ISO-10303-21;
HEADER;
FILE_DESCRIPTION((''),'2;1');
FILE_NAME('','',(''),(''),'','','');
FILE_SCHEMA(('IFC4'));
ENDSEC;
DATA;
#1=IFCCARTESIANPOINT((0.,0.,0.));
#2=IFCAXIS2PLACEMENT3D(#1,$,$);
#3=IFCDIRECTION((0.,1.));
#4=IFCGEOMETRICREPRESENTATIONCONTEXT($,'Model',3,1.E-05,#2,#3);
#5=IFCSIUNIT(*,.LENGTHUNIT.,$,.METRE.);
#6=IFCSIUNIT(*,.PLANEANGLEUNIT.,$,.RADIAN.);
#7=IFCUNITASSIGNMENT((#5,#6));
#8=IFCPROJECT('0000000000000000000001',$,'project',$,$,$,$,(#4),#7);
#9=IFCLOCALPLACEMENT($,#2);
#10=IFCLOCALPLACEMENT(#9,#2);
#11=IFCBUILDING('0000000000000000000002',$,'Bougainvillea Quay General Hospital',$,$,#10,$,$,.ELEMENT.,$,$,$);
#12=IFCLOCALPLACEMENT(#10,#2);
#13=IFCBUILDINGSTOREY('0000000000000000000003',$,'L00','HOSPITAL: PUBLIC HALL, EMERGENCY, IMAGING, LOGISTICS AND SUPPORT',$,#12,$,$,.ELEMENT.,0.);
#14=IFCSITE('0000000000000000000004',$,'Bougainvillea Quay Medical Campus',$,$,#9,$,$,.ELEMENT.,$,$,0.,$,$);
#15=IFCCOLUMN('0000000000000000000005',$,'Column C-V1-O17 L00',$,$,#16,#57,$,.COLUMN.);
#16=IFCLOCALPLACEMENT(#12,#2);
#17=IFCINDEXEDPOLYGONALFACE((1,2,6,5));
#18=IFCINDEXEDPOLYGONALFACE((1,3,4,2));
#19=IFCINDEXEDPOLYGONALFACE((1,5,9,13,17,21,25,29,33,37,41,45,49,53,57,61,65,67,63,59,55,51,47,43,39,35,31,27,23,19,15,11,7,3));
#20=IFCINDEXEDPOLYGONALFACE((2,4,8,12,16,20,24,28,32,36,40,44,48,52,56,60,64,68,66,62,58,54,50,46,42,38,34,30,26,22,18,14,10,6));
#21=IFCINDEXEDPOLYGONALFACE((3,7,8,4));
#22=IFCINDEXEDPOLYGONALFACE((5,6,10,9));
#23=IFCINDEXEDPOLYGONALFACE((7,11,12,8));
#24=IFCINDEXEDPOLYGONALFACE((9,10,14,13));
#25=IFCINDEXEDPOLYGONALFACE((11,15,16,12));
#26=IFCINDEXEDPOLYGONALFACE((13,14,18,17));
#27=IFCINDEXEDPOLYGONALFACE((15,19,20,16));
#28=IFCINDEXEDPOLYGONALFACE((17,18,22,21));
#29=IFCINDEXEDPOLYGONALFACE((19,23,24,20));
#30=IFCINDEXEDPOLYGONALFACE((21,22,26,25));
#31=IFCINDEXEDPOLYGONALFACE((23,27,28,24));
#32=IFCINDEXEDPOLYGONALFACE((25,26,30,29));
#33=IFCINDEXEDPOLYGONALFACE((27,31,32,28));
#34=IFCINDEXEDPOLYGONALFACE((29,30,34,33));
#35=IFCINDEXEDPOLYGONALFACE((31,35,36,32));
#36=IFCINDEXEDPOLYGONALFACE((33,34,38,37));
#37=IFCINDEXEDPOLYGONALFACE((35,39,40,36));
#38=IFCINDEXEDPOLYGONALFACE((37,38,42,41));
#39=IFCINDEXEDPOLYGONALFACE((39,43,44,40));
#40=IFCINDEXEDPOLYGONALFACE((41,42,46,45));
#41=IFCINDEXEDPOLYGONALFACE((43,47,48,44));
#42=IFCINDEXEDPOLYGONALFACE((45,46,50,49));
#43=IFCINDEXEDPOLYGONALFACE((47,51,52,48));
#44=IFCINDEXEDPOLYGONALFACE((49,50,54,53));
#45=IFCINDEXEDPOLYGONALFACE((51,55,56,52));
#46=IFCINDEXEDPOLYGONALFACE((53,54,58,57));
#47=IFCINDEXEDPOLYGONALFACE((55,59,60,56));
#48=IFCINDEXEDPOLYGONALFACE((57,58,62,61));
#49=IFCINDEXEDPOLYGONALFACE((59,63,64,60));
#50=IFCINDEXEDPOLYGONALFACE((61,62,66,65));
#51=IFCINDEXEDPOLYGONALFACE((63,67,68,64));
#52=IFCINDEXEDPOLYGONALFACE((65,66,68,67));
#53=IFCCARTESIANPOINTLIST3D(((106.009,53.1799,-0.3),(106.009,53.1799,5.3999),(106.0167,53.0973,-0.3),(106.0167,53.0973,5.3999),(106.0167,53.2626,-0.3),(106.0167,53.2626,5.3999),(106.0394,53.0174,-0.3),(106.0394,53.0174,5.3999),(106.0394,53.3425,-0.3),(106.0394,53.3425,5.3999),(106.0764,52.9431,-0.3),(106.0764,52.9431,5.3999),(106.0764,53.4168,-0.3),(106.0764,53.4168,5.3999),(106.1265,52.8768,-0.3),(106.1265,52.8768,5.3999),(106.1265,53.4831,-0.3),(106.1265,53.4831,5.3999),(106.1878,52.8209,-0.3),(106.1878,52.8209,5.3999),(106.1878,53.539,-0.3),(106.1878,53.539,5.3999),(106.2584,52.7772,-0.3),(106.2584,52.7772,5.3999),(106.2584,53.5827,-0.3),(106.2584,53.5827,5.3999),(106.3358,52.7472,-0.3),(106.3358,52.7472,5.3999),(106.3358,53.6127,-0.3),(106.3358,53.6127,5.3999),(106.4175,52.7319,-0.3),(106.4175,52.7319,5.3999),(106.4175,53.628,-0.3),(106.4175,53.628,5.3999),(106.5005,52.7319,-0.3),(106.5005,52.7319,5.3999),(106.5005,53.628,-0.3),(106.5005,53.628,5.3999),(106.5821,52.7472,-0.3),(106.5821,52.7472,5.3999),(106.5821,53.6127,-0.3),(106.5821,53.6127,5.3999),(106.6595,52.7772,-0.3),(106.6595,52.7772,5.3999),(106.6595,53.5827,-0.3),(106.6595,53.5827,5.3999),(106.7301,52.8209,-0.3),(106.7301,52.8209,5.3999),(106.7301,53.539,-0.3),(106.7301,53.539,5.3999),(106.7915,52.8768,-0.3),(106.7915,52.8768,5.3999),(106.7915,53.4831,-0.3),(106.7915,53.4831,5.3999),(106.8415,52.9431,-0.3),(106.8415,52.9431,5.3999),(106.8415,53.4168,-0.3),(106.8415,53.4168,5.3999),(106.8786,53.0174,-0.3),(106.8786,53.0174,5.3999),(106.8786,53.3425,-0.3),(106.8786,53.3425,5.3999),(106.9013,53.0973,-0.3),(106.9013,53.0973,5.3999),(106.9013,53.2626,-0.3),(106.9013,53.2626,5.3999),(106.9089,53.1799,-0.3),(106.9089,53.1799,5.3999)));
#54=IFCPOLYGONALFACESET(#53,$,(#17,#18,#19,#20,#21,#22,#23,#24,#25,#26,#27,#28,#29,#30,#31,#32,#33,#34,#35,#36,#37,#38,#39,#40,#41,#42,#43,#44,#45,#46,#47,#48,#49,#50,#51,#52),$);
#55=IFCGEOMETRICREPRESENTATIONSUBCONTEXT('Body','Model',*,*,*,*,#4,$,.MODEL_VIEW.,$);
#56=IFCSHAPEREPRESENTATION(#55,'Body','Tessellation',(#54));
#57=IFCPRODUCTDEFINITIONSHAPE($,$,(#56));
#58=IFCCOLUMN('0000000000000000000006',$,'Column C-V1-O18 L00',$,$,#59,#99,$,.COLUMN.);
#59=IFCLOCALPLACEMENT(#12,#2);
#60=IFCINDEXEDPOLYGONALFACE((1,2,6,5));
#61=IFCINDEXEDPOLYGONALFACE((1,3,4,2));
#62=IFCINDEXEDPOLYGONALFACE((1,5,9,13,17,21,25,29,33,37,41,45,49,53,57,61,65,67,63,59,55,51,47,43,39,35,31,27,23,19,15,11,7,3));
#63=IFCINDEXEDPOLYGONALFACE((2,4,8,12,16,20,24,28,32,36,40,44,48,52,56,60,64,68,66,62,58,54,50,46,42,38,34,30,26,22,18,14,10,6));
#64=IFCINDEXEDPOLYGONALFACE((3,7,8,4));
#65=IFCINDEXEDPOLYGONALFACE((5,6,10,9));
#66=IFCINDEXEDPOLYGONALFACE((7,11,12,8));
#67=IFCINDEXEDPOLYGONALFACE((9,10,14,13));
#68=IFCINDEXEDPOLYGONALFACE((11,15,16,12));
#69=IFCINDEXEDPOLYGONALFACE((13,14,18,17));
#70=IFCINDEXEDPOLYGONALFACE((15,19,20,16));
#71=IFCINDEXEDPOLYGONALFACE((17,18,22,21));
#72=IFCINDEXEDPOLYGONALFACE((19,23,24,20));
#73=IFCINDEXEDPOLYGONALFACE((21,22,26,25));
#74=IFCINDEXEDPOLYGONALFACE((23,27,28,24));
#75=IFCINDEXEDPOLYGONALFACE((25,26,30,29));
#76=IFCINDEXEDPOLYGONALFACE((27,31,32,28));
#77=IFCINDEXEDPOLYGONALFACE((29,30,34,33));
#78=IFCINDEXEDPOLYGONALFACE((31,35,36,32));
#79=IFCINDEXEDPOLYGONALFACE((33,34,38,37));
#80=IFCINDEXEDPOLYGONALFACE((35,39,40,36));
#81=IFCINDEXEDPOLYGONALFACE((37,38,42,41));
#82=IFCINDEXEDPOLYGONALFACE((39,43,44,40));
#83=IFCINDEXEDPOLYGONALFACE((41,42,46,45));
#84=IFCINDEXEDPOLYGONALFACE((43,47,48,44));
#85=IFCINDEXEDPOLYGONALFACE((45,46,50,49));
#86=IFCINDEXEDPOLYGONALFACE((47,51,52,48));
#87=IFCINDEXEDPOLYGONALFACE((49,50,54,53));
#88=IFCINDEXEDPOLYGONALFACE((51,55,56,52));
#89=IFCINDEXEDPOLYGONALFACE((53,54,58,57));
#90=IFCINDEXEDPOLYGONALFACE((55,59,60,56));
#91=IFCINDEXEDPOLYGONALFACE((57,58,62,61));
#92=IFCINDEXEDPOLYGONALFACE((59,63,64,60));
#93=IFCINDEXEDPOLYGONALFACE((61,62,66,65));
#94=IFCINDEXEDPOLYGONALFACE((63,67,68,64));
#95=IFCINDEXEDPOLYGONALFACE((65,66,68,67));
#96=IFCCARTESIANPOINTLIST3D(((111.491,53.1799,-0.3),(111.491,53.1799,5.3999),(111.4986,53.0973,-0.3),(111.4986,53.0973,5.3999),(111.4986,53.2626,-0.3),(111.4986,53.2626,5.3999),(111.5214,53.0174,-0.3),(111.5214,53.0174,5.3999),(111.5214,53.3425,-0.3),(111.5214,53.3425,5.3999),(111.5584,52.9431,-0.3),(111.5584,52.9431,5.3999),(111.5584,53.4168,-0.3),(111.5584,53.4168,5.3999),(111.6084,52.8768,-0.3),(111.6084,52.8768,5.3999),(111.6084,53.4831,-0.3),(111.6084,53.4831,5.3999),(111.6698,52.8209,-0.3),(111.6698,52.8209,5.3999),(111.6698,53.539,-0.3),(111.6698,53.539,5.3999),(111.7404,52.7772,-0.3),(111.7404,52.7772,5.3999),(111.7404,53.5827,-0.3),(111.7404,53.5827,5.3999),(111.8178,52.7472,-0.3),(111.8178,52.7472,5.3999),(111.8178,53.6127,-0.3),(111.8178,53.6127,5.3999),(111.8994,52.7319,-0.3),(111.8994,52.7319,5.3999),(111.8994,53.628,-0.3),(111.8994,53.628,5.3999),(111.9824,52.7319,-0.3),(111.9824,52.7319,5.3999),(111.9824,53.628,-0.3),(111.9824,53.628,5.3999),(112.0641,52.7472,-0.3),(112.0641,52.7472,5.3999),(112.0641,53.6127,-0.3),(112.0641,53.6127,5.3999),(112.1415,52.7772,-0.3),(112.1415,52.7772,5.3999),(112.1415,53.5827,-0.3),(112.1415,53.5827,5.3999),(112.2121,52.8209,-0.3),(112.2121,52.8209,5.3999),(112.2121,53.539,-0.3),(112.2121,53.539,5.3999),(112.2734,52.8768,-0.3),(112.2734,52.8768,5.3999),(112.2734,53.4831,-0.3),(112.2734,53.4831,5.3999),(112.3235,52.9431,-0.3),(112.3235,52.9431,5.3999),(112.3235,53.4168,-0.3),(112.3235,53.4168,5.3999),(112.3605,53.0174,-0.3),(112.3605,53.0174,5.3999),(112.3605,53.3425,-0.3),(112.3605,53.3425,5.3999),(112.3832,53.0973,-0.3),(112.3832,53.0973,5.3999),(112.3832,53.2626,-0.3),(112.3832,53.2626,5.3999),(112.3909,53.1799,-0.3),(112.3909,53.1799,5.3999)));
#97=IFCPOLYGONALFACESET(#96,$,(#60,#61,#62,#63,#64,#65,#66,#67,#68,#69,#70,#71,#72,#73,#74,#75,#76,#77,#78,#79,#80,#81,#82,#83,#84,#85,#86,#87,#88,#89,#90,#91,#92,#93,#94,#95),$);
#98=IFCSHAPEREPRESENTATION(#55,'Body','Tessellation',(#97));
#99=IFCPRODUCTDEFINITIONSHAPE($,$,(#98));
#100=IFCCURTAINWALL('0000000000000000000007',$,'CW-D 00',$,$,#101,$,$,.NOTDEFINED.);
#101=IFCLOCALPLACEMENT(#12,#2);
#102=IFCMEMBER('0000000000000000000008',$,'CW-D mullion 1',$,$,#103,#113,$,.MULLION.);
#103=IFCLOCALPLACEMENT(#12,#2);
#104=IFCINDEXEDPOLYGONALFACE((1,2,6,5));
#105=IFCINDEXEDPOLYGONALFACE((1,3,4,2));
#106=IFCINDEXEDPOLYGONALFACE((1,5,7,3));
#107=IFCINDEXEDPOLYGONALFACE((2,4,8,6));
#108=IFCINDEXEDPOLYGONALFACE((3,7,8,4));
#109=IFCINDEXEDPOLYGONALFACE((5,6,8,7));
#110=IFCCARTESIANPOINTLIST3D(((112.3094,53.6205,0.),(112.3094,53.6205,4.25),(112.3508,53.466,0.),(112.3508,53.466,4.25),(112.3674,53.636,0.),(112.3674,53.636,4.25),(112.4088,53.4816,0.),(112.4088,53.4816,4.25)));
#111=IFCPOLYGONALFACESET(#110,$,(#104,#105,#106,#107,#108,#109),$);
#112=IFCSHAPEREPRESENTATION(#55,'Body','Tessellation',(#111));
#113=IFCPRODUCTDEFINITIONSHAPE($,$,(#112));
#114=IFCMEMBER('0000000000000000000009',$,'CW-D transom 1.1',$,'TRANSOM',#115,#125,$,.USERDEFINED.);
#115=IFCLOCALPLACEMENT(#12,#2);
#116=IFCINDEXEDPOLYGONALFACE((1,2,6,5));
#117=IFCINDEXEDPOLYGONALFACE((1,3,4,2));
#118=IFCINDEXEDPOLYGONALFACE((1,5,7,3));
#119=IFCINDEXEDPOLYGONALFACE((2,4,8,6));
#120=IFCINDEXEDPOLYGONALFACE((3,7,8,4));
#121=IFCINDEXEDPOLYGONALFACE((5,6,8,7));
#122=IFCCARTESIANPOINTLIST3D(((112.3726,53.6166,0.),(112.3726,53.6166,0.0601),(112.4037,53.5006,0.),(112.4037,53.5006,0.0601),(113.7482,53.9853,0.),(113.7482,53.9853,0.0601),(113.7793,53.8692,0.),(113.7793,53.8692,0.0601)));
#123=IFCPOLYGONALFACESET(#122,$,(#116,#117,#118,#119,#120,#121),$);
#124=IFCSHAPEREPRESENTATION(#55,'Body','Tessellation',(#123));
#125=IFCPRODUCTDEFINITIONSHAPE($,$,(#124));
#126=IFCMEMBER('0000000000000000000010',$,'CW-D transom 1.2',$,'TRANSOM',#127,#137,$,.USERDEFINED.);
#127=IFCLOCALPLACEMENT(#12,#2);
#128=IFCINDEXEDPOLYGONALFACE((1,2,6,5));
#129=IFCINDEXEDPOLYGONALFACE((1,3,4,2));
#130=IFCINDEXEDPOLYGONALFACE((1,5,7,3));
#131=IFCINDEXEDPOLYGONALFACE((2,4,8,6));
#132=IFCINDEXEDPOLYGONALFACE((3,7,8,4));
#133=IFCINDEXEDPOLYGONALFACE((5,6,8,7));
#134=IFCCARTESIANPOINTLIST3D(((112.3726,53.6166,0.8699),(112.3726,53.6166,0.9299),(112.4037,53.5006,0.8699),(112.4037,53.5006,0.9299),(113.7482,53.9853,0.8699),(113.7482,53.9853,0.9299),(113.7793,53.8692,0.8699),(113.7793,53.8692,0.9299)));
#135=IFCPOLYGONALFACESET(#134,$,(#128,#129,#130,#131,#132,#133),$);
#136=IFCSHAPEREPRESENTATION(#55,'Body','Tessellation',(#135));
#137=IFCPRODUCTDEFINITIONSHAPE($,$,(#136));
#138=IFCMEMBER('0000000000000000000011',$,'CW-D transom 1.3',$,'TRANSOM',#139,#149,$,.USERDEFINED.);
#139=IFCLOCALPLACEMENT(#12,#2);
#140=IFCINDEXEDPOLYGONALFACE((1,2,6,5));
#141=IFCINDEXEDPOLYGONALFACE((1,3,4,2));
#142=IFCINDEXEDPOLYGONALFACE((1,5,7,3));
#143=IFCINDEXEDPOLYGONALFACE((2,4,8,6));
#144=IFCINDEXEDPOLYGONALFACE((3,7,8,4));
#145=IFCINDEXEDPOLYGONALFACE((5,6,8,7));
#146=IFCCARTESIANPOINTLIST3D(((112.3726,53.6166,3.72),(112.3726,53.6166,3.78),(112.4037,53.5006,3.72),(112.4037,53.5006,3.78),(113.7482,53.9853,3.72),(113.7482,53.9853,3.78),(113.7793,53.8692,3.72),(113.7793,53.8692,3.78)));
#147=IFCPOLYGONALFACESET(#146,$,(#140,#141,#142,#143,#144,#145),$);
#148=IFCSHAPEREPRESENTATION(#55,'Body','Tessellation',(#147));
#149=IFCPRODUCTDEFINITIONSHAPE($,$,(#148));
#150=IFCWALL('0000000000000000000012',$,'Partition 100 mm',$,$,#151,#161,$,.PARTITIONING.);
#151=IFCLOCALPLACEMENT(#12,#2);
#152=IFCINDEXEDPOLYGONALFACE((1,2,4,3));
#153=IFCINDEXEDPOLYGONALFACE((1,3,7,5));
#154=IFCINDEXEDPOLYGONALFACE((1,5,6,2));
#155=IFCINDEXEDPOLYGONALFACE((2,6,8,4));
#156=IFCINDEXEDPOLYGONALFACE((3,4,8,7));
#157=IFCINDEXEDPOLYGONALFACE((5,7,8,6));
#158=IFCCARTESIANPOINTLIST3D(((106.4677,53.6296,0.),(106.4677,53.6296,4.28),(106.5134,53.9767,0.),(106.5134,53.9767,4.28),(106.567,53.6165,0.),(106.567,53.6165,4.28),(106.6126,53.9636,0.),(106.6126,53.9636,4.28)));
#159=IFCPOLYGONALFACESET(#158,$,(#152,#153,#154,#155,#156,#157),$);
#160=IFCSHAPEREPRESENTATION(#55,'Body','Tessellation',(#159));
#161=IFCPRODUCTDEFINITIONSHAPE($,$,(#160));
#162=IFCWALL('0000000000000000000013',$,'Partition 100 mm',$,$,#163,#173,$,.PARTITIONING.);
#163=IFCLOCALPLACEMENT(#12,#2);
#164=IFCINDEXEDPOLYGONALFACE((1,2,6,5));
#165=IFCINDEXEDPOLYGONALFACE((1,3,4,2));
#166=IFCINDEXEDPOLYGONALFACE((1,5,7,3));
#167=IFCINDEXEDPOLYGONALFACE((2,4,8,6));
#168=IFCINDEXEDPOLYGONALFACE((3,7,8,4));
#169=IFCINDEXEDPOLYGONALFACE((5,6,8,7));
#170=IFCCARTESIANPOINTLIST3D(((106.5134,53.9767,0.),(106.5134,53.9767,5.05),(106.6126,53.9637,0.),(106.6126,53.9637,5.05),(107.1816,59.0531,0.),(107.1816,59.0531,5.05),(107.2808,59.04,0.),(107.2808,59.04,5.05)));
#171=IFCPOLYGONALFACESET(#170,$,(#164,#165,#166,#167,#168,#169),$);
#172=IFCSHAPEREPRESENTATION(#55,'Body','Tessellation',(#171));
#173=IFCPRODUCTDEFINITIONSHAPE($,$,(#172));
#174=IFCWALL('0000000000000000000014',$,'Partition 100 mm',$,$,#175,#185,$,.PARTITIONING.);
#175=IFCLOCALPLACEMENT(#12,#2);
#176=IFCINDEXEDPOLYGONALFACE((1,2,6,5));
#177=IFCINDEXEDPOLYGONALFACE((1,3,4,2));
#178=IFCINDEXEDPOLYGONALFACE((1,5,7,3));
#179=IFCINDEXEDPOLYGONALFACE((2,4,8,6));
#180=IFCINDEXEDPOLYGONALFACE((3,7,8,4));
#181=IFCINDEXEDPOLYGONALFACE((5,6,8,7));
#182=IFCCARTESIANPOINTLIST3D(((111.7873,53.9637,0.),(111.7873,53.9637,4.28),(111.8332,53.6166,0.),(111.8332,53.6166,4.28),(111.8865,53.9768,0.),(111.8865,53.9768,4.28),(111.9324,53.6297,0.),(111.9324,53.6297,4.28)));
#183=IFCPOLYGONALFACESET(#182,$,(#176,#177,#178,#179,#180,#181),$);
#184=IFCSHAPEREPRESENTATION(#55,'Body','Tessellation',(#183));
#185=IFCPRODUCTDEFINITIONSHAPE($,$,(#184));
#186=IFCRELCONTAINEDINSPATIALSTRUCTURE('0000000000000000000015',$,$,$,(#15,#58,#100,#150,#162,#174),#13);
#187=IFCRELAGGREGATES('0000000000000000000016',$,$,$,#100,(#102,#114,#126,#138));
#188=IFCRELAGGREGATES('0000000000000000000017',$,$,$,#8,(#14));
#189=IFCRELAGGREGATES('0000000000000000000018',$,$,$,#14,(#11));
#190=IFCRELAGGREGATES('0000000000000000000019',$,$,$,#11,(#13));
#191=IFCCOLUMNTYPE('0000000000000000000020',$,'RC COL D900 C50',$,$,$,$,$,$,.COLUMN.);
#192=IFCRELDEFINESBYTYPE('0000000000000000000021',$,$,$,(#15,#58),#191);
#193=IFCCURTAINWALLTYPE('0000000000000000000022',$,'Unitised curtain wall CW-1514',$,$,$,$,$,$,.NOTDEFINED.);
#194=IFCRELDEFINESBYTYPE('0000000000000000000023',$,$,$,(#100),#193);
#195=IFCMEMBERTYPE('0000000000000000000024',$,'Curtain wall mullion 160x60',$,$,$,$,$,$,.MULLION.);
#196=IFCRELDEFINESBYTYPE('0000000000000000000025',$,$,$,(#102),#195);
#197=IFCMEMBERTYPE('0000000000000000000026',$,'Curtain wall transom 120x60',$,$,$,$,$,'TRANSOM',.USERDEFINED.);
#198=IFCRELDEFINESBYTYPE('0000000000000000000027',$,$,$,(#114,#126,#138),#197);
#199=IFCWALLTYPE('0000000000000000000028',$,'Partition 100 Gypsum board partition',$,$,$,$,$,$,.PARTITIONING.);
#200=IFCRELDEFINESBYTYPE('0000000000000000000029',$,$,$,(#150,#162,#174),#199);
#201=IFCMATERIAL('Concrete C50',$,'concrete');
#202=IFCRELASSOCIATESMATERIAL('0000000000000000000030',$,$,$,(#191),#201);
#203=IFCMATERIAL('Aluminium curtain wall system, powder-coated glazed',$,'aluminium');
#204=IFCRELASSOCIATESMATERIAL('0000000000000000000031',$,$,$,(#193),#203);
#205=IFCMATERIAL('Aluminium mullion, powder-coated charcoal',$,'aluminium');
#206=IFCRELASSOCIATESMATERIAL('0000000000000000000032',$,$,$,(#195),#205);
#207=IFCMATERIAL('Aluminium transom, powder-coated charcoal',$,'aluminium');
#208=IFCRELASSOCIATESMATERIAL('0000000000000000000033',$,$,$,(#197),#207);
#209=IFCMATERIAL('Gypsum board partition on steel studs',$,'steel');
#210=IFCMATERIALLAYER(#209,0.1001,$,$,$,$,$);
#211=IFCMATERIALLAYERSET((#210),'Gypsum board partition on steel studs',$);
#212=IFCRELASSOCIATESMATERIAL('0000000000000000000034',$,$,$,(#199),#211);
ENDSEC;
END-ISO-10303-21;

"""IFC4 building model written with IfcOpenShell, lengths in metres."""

from ifc_helpers import new_model, si_unit, direction, frame, frame_2d, origin, origin_2d, place, context, subcontext, project, spatial, rectangle, circle, extrude, material, layer, layer_set, material_profile, profile_set, type_object, element, aggregate, save


model = new_model("IFC4")

# Units and contexts
model_context = context("Model", 3, precision=1e-05, world=origin(), true_north=direction((0.0, 1.0)))
body_context = subcontext(model_context, "Body", "Model", "MODEL_VIEW")
ifc_project = project(units=[si_unit("LENGTHUNIT", "METRE"), si_unit("PLANEANGLEUNIT", "RADIAN")], contexts=[model_context])

# Site, building, storey
site_placement = place(None, origin())
site = spatial("IfcSite", under=ifc_project, at=site_placement, Name="Bougainvillea Quay Medical Campus", CompositionType="ELEMENT", RefElevation=0.0)
building_placement = place(site_placement, origin())
building = spatial("IfcBuilding", under=site, at=building_placement, Name="Bougainvillea Quay General Hospital", CompositionType="ELEMENT")
storey_placement = place(building_placement, origin())
storey = spatial("IfcBuildingStorey", under=building, at=storey_placement, Name="L00", Description="HOSPITAL: PUBLIC HALL, EMERGENCY, IMAGING, LOGISTICS AND SUPPORT", CompositionType="ELEMENT", Elevation=0.0)

# Columns
ifc_material_1 = material(Name="Concrete C50", Category="concrete")
ifc_material_profile_1 = material_profile(ifc_material_1, circle(Radius=0.45, at=origin_2d()))
ifc_profile_set_1 = profile_set([ifc_material_profile_1], Name="Concrete C50")
column_type_1 = type_object("IfcColumnType", Name="RC COL D900 C50", PredefinedType="COLUMN", material=ifc_profile_set_1)
for number, where, z_axis, x_axis, name in (
    (1, (106.459, 53.1799, -0.3), (0.0, 0.0, 1.0), (1.0, 0.0, 0.0), "Column C-V1-O17 L00"),
    (2, (111.9409, 53.1799, -0.3), (0.0, 0.0, 1.0), (1.0, 0.0, 0.0), "Column C-V1-O18 L00"),
):
    element("IfcColumn", number, at=place(storey_placement, frame(where, z_axis=z_axis, x_axis=x_axis)), inside=storey, type_object=column_type_1, Name=name, PredefinedType="COLUMN", context=body_context, shape_type="SweptSolid", body=[
        extrude(circle(Radius=0.45, at=origin_2d()), origin(), (0.0, 0.0, 1.0), 5.7),
    ])

# Curtain wall, members
ifc_material_2 = material(Name="Aluminium curtain wall system, powder-coated glazed", Category="aluminium")
curtain_wall_type = type_object("IfcCurtainWallType", Name="Unitised curtain wall CW-1514", PredefinedType="NOTDEFINED", material=ifc_material_2)
curtain_wall_placement = place(storey_placement, origin())
curtain_wall = element("IfcCurtainWall", 3, at=curtain_wall_placement, inside=storey, type_object=curtain_wall_type, Name="CW-D 00", PredefinedType="NOTDEFINED")
ifc_material_3 = material(Name="Aluminium mullion, powder-coated charcoal", Category="aluminium")
ifc_material_profile_2 = material_profile(ifc_material_3, rectangle(XDim=0.1599, YDim=0.0601, at=origin_2d()))
ifc_profile_set_2 = profile_set([ifc_material_profile_2], Name="Aluminium mullion, powder-coated charcoal")
member_type_1 = type_object("IfcMemberType", Name="Curtain wall mullion 160x60", PredefinedType="MULLION", material=ifc_profile_set_2)
member_1_placement = place(storey_placement, frame((112.3591, 53.551, 0.0), z_axis=(0.0, 0.0, 1.0), x_axis=(-0.258855, 0.965916, 0.0)))
member_1 = element("IfcMember", 4, at=member_1_placement, type_object=member_type_1, Name="CW-D mullion 1", PredefinedType="MULLION", context=body_context, shape_type="SweptSolid", body=[
    extrude(rectangle(XDim=0.1599, YDim=0.0601, at=origin_2d()), origin(), (0.0, 0.0, 1.0), 4.25),
])
ifc_material_4 = material(Name="Aluminium transom, powder-coated charcoal", Category="aluminium")
ifc_material_profile_3 = material_profile(ifc_material_4, rectangle(XDim=0.1201, YDim=0.0601, at=origin_2d()))
ifc_profile_set_3 = profile_set([ifc_material_profile_3], Name="Aluminium transom, powder-coated charcoal")
member_type_2 = type_object("IfcMemberType", Name="Curtain wall transom 120x60", ElementType="TRANSOM", PredefinedType="USERDEFINED", material=ifc_profile_set_3)
member_2_placement = place(storey_placement, frame((112.3882, 53.5586, 0.03), z_axis=(0.96591, 0.258879, 0.0), x_axis=(-0.258879, 0.96591, 0.0)))
member_2 = element("IfcMember", 5, at=member_2_placement, type_object=member_type_2, Name="CW-D transom 1.1", ObjectType="TRANSOM", PredefinedType="USERDEFINED", context=body_context, shape_type="SweptSolid", body=[
    extrude(rectangle(XDim=0.1201, YDim=0.0601, at=origin_2d()), origin(), (0.0, 0.0, 1.0), 1.4241),
])
member_3_placement = place(storey_placement, frame((112.3882, 53.5586, 0.8999), z_axis=(0.96591, 0.258879, 0.0), x_axis=(-0.258879, 0.96591, 0.0)))
member_3 = element("IfcMember", 6, at=member_3_placement, type_object=member_type_2, Name="CW-D transom 1.2", ObjectType="TRANSOM", PredefinedType="USERDEFINED", context=body_context, shape_type="SweptSolid", body=[
    extrude(rectangle(XDim=0.1201, YDim=0.0601, at=origin_2d()), origin(), (0.0, 0.0, 1.0), 1.4241),
])
member_4_placement = place(storey_placement, frame((112.3882, 53.5586, 3.75), z_axis=(0.96591, 0.258879, 0.0), x_axis=(-0.258879, 0.96591, 0.0)))
member_4 = element("IfcMember", 7, at=member_4_placement, type_object=member_type_2, Name="CW-D transom 1.3", ObjectType="TRANSOM", PredefinedType="USERDEFINED", context=body_context, shape_type="SweptSolid", body=[
    extrude(rectangle(XDim=0.1201, YDim=0.0601, at=origin_2d()), origin(), (0.0, 0.0, 1.0), 1.4241),
])
aggregate(curtain_wall, [member_1, member_2, member_3, member_4])

# Walls
ifc_material_5 = material(Name="Gypsum board partition on steel studs", Category="steel")
ifc_layer_1 = layer(ifc_material_5, 0.1001)
ifc_layer_set_1 = layer_set([ifc_layer_1], Name="Gypsum board partition on steel studs")
wall_type_1 = type_object("IfcWallType", Name="Partition 100 Gypsum board partition", PredefinedType="PARTITIONING", material=ifc_layer_set_1)
wall_1_placement = place(storey_placement, frame((106.5173, 53.623, 0.0), z_axis=(0.0, 0.0, 1.0), x_axis=(0.130382, 0.991464, 0.0)))
element("IfcWall", 8, at=wall_1_placement, inside=storey, type_object=wall_type_1, Name="Partition 100 mm", PredefinedType="PARTITIONING", context=body_context, shape_type="SweptSolid", body=[
    extrude(rectangle(XDim=0.3501, YDim=0.1001, at=frame_2d((0.175, 0.0))), origin(), (0.0, 0.0, 1.0), 4.28),
])
wall_2_placement = place(storey_placement, frame((106.563, 53.9702, 0.0), z_axis=(0.0, 0.0, 1.0), x_axis=(0.130505, 0.991448, 0.0)))
element("IfcWall", 9, at=wall_2_placement, inside=storey, type_object=wall_type_1, Name="Partition 100 mm", PredefinedType="PARTITIONING", context=body_context, shape_type="SweptSolid", body=[
    extrude(rectangle(XDim=5.1201, YDim=0.1001, at=frame_2d((2.5601, 0.0))), origin(), (0.0, 0.0, 1.0), 5.05),
])
wall_3_placement = place(storey_placement, frame((111.8369, 53.9702, 0.0), z_axis=(0.0, 0.0, 1.0), x_axis=(0.131068, -0.991373, 0.0)))
element("IfcWall", 10, at=wall_3_placement, inside=storey, type_object=wall_type_1, Name="Partition 100 mm", PredefinedType="PARTITIONING", context=body_context, shape_type="SweptSolid", body=[
    extrude(rectangle(XDim=0.3501, YDim=0.1001, at=frame_2d((0.175, 0.0))), origin(), (0.0, 0.0, 1.0), 4.28),
])

save(model, "model.ifc")
